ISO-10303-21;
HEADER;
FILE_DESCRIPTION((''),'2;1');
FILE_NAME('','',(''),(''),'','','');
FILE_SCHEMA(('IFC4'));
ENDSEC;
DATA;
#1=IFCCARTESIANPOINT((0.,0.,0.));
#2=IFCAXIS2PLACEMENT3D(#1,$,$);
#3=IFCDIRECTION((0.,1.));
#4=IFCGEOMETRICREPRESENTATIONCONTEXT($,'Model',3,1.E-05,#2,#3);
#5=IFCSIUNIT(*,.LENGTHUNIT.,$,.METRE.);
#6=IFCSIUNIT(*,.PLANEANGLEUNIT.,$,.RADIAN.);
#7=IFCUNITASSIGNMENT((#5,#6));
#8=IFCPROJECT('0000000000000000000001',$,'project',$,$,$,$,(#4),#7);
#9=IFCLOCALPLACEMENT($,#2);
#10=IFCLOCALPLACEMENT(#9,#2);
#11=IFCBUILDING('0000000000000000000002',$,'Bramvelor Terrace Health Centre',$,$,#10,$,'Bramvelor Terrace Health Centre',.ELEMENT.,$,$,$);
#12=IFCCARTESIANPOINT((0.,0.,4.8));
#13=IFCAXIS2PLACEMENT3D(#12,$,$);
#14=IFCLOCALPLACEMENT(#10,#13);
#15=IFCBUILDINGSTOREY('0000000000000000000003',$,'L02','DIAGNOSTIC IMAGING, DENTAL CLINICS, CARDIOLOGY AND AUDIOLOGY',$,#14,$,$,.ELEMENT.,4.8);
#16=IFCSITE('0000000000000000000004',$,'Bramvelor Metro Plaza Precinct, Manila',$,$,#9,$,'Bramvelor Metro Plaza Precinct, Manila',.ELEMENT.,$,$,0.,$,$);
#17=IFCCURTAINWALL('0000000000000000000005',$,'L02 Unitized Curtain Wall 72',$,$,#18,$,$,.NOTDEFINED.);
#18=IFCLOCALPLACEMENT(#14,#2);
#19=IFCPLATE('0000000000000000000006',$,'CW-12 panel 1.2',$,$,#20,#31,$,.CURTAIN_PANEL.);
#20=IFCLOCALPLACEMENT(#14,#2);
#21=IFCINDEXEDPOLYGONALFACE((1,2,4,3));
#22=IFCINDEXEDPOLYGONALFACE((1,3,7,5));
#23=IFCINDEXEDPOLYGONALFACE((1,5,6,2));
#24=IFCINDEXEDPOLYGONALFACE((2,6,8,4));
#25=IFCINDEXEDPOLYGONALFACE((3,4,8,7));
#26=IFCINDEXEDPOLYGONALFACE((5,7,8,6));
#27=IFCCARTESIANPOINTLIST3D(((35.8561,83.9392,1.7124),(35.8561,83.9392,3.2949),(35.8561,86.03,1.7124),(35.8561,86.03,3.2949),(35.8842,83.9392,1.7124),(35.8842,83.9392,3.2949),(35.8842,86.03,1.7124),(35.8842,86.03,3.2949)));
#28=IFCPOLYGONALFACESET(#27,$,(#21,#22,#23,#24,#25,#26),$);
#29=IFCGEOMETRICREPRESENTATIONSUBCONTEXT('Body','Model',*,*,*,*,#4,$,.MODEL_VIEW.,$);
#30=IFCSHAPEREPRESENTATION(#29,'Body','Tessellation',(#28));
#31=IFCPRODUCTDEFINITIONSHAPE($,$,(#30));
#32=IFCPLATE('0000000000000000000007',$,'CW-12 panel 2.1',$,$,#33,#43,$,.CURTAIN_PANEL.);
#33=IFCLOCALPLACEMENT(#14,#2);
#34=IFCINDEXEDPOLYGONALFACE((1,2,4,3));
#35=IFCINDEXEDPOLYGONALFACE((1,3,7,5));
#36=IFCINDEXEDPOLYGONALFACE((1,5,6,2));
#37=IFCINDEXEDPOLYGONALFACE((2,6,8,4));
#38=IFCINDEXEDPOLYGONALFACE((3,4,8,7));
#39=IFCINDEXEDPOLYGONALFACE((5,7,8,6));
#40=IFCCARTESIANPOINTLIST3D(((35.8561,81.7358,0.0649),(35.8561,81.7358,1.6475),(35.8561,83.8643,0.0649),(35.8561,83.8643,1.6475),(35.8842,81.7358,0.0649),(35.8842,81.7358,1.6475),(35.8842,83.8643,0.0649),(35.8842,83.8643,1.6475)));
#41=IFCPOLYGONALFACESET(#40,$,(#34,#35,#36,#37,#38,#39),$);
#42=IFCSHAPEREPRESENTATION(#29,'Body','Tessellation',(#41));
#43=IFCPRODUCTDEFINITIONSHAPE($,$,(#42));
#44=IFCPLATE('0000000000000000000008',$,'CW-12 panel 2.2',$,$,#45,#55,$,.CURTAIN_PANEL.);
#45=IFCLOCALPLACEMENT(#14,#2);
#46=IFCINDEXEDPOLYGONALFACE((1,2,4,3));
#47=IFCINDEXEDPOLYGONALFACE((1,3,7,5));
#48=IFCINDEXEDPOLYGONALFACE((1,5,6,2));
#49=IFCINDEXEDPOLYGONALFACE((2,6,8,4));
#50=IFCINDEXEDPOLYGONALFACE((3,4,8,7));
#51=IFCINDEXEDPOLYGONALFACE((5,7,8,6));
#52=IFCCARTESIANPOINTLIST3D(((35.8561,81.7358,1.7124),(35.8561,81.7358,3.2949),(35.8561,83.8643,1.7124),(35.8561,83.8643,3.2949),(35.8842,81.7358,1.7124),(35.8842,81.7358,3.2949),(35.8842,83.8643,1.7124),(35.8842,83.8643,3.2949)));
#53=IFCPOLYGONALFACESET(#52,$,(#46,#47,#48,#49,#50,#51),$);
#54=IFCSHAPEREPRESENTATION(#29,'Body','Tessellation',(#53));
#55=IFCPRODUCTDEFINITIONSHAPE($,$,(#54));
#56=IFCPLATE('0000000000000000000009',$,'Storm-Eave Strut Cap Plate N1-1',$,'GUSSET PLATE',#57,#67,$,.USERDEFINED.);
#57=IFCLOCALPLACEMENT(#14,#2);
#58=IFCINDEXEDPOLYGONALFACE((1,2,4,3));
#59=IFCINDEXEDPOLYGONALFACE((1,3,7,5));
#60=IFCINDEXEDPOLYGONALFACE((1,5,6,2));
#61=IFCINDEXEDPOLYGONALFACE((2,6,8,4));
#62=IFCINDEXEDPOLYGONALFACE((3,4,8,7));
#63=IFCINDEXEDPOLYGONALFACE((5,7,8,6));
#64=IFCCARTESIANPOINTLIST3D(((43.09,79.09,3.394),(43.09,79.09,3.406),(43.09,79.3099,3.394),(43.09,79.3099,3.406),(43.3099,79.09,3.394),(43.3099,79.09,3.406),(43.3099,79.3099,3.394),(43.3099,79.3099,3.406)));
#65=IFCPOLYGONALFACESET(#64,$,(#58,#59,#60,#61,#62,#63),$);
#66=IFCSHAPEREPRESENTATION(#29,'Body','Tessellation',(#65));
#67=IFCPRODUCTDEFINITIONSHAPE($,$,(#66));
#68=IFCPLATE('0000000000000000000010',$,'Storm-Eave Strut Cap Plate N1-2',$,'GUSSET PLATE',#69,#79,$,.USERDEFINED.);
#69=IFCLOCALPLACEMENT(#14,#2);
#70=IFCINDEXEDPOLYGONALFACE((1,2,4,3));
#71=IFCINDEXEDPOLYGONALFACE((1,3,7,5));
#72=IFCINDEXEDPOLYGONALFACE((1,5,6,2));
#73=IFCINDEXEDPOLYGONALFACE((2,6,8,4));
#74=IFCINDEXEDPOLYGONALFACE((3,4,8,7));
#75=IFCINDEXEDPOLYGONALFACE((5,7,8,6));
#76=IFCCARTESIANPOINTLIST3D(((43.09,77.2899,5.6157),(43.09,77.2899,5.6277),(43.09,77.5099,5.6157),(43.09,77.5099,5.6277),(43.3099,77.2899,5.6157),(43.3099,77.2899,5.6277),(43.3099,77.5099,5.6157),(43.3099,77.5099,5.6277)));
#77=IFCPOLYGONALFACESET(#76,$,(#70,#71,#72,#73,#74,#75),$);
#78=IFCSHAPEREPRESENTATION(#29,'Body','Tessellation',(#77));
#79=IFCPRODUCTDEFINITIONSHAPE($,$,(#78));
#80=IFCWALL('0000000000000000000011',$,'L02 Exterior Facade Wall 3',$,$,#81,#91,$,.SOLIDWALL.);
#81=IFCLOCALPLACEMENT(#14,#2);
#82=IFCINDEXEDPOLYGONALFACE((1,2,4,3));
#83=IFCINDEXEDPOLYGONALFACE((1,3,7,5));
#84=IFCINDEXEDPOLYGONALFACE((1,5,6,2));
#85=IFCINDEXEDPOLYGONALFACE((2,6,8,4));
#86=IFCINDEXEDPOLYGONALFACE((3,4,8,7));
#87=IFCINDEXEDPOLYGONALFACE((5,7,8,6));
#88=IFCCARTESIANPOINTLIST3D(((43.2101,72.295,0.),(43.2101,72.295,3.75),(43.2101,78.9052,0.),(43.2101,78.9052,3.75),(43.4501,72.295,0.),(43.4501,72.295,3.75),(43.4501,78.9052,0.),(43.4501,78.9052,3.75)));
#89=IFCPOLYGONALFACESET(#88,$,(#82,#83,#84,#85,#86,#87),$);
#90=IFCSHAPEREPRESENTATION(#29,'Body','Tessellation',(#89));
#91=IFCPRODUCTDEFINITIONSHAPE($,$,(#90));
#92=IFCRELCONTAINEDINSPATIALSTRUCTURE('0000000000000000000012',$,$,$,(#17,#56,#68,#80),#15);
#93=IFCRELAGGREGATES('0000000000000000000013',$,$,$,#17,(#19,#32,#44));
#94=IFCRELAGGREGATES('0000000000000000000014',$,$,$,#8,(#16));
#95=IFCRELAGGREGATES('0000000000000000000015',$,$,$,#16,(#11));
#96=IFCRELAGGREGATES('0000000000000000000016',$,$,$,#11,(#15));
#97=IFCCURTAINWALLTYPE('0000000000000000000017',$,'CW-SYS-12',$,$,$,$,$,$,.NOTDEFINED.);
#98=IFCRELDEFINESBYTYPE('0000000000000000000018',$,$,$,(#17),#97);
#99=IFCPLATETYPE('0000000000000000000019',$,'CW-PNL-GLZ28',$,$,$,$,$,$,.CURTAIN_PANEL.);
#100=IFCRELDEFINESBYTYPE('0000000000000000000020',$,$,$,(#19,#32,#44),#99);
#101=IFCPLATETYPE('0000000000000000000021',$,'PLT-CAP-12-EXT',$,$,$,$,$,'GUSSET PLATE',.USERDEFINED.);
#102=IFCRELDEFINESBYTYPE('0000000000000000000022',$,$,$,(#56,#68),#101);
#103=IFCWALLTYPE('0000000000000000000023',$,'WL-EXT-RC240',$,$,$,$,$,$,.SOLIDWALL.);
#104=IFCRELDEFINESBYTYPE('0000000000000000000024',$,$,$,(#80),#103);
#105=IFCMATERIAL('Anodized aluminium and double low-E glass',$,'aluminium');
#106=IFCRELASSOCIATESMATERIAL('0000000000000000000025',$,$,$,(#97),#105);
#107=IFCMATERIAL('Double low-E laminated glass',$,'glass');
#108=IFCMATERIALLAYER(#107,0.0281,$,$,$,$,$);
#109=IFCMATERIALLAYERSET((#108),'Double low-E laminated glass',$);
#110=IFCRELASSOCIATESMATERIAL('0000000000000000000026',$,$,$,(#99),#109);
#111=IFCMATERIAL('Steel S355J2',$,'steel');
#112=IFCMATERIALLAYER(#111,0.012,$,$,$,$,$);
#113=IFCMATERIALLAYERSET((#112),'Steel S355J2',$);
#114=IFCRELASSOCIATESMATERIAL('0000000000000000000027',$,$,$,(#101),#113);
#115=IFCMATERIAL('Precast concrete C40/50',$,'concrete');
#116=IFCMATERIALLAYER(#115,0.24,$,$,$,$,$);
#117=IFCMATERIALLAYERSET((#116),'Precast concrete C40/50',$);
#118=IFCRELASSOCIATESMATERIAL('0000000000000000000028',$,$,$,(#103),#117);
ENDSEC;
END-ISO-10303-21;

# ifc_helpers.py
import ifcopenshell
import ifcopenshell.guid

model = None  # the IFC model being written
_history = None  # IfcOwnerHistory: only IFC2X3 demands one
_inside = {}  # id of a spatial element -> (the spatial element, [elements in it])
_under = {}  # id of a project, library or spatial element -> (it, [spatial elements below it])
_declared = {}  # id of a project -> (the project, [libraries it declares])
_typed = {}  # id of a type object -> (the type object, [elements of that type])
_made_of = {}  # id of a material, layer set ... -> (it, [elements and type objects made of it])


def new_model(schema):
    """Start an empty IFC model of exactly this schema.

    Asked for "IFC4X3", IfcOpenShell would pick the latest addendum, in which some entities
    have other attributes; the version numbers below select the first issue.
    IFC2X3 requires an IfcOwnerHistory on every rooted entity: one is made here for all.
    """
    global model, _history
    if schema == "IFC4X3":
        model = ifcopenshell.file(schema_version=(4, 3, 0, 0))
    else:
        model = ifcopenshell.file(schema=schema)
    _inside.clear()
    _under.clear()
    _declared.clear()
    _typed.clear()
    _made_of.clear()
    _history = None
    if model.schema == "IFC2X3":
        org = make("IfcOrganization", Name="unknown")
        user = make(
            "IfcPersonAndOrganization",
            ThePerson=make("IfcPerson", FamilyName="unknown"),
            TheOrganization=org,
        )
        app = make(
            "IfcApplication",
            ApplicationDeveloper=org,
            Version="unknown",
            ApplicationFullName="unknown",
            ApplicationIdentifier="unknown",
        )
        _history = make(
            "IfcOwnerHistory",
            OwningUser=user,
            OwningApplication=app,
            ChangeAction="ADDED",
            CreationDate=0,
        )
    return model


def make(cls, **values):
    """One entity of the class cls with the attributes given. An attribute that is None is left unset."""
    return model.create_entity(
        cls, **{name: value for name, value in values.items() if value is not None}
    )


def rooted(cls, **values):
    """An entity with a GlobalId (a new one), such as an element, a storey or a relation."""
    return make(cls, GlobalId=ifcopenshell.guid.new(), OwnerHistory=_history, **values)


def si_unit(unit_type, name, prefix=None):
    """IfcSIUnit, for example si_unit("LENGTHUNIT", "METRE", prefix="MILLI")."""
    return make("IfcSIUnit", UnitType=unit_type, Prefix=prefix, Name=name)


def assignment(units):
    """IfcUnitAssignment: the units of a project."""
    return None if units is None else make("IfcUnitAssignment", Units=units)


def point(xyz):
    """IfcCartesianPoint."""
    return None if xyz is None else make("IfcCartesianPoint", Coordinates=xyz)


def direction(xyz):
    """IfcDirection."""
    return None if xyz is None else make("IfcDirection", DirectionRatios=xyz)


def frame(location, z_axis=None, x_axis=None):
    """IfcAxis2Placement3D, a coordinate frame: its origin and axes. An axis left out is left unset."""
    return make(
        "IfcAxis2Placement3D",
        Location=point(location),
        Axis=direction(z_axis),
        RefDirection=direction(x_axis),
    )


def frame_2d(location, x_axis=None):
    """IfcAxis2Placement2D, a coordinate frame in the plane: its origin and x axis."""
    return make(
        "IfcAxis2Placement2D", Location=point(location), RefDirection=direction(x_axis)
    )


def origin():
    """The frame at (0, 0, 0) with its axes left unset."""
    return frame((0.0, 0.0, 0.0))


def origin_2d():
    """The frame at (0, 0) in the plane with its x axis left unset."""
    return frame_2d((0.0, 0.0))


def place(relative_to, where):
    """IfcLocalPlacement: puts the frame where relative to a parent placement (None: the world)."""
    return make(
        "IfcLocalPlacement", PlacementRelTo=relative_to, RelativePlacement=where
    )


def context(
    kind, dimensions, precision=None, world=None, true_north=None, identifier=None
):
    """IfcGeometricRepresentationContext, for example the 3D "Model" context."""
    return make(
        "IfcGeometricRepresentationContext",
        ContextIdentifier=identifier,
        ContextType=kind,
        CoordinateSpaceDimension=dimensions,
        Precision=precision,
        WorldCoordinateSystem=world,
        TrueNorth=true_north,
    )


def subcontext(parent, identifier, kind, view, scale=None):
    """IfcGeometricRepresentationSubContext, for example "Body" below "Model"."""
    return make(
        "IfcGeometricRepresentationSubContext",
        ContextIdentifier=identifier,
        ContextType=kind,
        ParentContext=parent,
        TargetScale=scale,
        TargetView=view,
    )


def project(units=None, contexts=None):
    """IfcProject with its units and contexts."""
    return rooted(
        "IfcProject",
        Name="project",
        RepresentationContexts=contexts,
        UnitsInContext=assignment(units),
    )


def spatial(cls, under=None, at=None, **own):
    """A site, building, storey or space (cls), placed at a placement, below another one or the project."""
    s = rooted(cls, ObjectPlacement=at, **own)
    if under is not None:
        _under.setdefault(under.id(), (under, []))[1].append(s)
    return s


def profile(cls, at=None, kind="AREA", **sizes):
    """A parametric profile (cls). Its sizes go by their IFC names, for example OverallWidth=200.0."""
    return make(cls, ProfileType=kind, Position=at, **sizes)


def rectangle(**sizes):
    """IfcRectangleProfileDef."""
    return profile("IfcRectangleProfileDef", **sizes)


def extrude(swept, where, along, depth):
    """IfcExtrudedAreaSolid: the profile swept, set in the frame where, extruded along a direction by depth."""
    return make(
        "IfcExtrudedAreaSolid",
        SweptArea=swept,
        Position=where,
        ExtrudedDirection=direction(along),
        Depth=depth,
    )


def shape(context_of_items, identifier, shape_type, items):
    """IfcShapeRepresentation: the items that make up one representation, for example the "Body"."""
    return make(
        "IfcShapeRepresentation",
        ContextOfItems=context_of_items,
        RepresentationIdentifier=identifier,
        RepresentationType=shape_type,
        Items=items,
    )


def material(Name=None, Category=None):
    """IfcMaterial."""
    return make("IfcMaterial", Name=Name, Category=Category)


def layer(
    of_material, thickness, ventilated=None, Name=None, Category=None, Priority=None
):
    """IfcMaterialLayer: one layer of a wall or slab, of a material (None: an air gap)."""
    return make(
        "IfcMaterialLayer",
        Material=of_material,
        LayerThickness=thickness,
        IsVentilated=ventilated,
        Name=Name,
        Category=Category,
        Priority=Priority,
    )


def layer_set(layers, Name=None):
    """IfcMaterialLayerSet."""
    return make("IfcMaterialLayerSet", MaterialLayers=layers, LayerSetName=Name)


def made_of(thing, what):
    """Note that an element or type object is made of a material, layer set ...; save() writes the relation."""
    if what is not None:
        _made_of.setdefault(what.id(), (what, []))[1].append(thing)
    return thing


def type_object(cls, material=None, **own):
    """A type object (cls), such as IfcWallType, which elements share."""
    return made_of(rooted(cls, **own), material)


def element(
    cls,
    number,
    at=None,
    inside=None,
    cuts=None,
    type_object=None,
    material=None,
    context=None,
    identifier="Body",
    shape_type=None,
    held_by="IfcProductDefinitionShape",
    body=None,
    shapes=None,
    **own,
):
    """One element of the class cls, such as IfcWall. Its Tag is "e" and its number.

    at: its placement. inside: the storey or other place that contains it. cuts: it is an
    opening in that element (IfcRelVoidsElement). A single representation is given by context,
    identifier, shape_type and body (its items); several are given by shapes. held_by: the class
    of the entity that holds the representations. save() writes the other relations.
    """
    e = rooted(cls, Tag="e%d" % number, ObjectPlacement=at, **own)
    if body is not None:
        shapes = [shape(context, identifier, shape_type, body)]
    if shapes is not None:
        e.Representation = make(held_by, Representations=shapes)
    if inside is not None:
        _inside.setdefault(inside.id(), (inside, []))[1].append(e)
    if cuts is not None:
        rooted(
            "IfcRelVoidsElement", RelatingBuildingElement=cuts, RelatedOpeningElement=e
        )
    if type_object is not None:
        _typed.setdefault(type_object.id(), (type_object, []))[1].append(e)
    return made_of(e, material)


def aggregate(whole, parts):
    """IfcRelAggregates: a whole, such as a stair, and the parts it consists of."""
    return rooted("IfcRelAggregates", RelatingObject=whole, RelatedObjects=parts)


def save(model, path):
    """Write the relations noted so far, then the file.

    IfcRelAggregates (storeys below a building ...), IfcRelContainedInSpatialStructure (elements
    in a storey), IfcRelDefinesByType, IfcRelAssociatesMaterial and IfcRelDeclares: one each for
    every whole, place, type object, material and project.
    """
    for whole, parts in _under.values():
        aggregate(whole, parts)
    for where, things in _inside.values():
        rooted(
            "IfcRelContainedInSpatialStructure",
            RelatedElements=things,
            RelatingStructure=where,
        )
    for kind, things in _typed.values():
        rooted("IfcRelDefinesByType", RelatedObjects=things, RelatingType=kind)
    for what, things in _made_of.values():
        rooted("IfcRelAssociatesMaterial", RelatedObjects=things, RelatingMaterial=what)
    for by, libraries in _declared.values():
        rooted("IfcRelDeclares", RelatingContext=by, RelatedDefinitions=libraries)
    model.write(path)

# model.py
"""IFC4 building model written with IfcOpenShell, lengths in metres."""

from ifc_helpers import new_model, si_unit, direction, frame, frame_2d, origin, origin_2d, place, context, subcontext, project, spatial, rectangle, extrude, material, layer, layer_set, type_object, element, aggregate, save


model = new_model("IFC4")

# Units and contexts
model_context = context("Model", 3, precision=1e-05, world=origin(), true_north=direction((0.0, 1.0)))
body_context = subcontext(model_context, "Body", "Model", "MODEL_VIEW")
ifc_project = project(units=[si_unit("LENGTHUNIT", "METRE"), si_unit("PLANEANGLEUNIT", "RADIAN")], contexts=[model_context])

# Site, building, storey
site_placement = place(None, origin())
site = spatial("IfcSite", under=ifc_project, at=site_placement, Name="Bramvelor Metro Plaza Precinct, Manila", LongName="Bramvelor Metro Plaza Precinct, Manila", CompositionType="ELEMENT", RefElevation=0.0)
building_placement = place(site_placement, origin())
building = spatial("IfcBuilding", under=site, at=building_placement, Name="Bramvelor Terrace Health Centre", LongName="Bramvelor Terrace Health Centre", CompositionType="ELEMENT")
storey_placement = place(building_placement, frame((0.0, 0.0, 4.8)))
storey = spatial("IfcBuildingStorey", under=building, at=storey_placement, Name="L02", Description="DIAGNOSTIC IMAGING, DENTAL CLINICS, CARDIOLOGY AND AUDIOLOGY", CompositionType="ELEMENT", Elevation=4.8)

# Shared definitions
ifc_material_1 = material(Name="Anodized aluminium and double low-E glass", Category="aluminium")
curtain_wall_type = type_object("IfcCurtainWallType", Name="CW-SYS-12", PredefinedType="NOTDEFINED", material=ifc_material_1)

# Curtain wall
curtain_wall_1_placement = place(storey_placement, origin())
curtain_wall_1 = element("IfcCurtainWall", 1, at=curtain_wall_1_placement, inside=storey, type_object=curtain_wall_type, Name="L02 Unitized Curtain Wall 72", PredefinedType="NOTDEFINED")

# Plates
ifc_material_2 = material(Name="Double low-E laminated glass", Category="glass")
ifc_layer_1 = layer(ifc_material_2, 0.0281)
ifc_layer_set_1 = layer_set([ifc_layer_1], Name="Double low-E laminated glass")
plate_type_1 = type_object("IfcPlateType", Name="CW-PNL-GLZ28", PredefinedType="CURTAIN_PANEL", material=ifc_layer_set_1)
plate_1_placement = place(storey_placement, frame((35.8701, 84.9846, 1.7124), z_axis=(0.0, 0.0, 1.0), x_axis=(0.0, -1.0, 0.0)))
plate_1 = element("IfcPlate", 2, at=plate_1_placement, type_object=plate_type_1, Name="CW-12 panel 1.2", PredefinedType="CURTAIN_PANEL", context=body_context, shape_type="SweptSolid", body=[
    extrude(rectangle(XDim=2.0908, YDim=0.0281, at=origin_2d()), origin(), (0.0, 0.0, 1.0), 1.5825),
])
plate_2_placement = place(storey_placement, frame((35.8701, 82.8, 0.0649), z_axis=(0.0, 0.0, 1.0), x_axis=(0.0, -1.0, 0.0)))
plate_2 = element("IfcPlate", 3, at=plate_2_placement, type_object=plate_type_1, Name="CW-12 panel 2.1", PredefinedType="CURTAIN_PANEL", context=body_context, shape_type="SweptSolid", body=[
    extrude(rectangle(XDim=2.1284, YDim=0.0281, at=origin_2d()), origin(), (0.0, 0.0, 1.0), 1.5825),
])
plate_3_placement = place(storey_placement, frame((35.8701, 82.8, 1.7124), z_axis=(0.0, 0.0, 1.0), x_axis=(0.0, -1.0, 0.0)))
plate_3 = element("IfcPlate", 4, at=plate_3_placement, type_object=plate_type_1, Name="CW-12 panel 2.2", PredefinedType="CURTAIN_PANEL", context=body_context, shape_type="SweptSolid", body=[
    extrude(rectangle(XDim=2.1284, YDim=0.0281, at=origin_2d()), origin(), (0.0, 0.0, 1.0), 1.5825),
])
aggregate(curtain_wall_1, [plate_1, plate_2, plate_3])

# Plates
ifc_material_3 = material(Name="Steel S355J2", Category="steel")
ifc_layer_2 = layer(ifc_material_3, 0.012)
ifc_layer_set_2 = layer_set([ifc_layer_2], Name="Steel S355J2")
plate_type_2 = type_object("IfcPlateType", Name="PLT-CAP-12-EXT", ElementType="GUSSET PLATE", PredefinedType="USERDEFINED", material=ifc_layer_set_2)
for number, where, z_axis, x_axis, name in (
    (5, (43.2, 79.2, 3.394), (0.0, 0.0, 1.0), (1.0, 0.0, 0.0), "Storm-Eave Strut Cap Plate N1-1"),
    (6, (43.2, 77.3999, 5.6157), (0.0, 0.0, 1.0), (1.0, 0.0, 0.0), "Storm-Eave Strut Cap Plate N1-2"),
):
    element("IfcPlate", number, at=place(storey_placement, frame(where, z_axis=z_axis, x_axis=x_axis)), inside=storey, type_object=plate_type_2, Name=name, ObjectType="GUSSET PLATE", PredefinedType="USERDEFINED", context=body_context, shape_type="SweptSolid", body=[
        extrude(rectangle(XDim=0.22, YDim=0.22, at=origin_2d()), origin(), (0.0, 0.0, 1.0), 0.012),
    ])

# Wall
ifc_material_4 = material(Name="Precast concrete C40/50", Category="concrete")
ifc_layer_3 = layer(ifc_material_4, 0.24)
ifc_layer_set_3 = layer_set([ifc_layer_3], Name="Precast concrete C40/50")
wall_type = type_object("IfcWallType", Name="WL-EXT-RC240", PredefinedType="SOLIDWALL", material=ifc_layer_set_3)
wall_placement = place(storey_placement, frame((43.3301, 72.2949, 0.0), z_axis=(0.0, 0.0, 1.0), x_axis=(0.0, 1.0, 0.0)))
element("IfcWall", 7, at=wall_placement, inside=storey, type_object=wall_type, Name="L02 Exterior Facade Wall 3", PredefinedType="SOLIDWALL", context=body_context, shape_type="SweptSolid", body=[
    extrude(rectangle(XDim=6.6101, YDim=0.24, at=frame_2d((3.3052, 0.0))), origin(), (0.0, 0.0, 1.0), 3.75),
])

save(model, "model.ifc")
